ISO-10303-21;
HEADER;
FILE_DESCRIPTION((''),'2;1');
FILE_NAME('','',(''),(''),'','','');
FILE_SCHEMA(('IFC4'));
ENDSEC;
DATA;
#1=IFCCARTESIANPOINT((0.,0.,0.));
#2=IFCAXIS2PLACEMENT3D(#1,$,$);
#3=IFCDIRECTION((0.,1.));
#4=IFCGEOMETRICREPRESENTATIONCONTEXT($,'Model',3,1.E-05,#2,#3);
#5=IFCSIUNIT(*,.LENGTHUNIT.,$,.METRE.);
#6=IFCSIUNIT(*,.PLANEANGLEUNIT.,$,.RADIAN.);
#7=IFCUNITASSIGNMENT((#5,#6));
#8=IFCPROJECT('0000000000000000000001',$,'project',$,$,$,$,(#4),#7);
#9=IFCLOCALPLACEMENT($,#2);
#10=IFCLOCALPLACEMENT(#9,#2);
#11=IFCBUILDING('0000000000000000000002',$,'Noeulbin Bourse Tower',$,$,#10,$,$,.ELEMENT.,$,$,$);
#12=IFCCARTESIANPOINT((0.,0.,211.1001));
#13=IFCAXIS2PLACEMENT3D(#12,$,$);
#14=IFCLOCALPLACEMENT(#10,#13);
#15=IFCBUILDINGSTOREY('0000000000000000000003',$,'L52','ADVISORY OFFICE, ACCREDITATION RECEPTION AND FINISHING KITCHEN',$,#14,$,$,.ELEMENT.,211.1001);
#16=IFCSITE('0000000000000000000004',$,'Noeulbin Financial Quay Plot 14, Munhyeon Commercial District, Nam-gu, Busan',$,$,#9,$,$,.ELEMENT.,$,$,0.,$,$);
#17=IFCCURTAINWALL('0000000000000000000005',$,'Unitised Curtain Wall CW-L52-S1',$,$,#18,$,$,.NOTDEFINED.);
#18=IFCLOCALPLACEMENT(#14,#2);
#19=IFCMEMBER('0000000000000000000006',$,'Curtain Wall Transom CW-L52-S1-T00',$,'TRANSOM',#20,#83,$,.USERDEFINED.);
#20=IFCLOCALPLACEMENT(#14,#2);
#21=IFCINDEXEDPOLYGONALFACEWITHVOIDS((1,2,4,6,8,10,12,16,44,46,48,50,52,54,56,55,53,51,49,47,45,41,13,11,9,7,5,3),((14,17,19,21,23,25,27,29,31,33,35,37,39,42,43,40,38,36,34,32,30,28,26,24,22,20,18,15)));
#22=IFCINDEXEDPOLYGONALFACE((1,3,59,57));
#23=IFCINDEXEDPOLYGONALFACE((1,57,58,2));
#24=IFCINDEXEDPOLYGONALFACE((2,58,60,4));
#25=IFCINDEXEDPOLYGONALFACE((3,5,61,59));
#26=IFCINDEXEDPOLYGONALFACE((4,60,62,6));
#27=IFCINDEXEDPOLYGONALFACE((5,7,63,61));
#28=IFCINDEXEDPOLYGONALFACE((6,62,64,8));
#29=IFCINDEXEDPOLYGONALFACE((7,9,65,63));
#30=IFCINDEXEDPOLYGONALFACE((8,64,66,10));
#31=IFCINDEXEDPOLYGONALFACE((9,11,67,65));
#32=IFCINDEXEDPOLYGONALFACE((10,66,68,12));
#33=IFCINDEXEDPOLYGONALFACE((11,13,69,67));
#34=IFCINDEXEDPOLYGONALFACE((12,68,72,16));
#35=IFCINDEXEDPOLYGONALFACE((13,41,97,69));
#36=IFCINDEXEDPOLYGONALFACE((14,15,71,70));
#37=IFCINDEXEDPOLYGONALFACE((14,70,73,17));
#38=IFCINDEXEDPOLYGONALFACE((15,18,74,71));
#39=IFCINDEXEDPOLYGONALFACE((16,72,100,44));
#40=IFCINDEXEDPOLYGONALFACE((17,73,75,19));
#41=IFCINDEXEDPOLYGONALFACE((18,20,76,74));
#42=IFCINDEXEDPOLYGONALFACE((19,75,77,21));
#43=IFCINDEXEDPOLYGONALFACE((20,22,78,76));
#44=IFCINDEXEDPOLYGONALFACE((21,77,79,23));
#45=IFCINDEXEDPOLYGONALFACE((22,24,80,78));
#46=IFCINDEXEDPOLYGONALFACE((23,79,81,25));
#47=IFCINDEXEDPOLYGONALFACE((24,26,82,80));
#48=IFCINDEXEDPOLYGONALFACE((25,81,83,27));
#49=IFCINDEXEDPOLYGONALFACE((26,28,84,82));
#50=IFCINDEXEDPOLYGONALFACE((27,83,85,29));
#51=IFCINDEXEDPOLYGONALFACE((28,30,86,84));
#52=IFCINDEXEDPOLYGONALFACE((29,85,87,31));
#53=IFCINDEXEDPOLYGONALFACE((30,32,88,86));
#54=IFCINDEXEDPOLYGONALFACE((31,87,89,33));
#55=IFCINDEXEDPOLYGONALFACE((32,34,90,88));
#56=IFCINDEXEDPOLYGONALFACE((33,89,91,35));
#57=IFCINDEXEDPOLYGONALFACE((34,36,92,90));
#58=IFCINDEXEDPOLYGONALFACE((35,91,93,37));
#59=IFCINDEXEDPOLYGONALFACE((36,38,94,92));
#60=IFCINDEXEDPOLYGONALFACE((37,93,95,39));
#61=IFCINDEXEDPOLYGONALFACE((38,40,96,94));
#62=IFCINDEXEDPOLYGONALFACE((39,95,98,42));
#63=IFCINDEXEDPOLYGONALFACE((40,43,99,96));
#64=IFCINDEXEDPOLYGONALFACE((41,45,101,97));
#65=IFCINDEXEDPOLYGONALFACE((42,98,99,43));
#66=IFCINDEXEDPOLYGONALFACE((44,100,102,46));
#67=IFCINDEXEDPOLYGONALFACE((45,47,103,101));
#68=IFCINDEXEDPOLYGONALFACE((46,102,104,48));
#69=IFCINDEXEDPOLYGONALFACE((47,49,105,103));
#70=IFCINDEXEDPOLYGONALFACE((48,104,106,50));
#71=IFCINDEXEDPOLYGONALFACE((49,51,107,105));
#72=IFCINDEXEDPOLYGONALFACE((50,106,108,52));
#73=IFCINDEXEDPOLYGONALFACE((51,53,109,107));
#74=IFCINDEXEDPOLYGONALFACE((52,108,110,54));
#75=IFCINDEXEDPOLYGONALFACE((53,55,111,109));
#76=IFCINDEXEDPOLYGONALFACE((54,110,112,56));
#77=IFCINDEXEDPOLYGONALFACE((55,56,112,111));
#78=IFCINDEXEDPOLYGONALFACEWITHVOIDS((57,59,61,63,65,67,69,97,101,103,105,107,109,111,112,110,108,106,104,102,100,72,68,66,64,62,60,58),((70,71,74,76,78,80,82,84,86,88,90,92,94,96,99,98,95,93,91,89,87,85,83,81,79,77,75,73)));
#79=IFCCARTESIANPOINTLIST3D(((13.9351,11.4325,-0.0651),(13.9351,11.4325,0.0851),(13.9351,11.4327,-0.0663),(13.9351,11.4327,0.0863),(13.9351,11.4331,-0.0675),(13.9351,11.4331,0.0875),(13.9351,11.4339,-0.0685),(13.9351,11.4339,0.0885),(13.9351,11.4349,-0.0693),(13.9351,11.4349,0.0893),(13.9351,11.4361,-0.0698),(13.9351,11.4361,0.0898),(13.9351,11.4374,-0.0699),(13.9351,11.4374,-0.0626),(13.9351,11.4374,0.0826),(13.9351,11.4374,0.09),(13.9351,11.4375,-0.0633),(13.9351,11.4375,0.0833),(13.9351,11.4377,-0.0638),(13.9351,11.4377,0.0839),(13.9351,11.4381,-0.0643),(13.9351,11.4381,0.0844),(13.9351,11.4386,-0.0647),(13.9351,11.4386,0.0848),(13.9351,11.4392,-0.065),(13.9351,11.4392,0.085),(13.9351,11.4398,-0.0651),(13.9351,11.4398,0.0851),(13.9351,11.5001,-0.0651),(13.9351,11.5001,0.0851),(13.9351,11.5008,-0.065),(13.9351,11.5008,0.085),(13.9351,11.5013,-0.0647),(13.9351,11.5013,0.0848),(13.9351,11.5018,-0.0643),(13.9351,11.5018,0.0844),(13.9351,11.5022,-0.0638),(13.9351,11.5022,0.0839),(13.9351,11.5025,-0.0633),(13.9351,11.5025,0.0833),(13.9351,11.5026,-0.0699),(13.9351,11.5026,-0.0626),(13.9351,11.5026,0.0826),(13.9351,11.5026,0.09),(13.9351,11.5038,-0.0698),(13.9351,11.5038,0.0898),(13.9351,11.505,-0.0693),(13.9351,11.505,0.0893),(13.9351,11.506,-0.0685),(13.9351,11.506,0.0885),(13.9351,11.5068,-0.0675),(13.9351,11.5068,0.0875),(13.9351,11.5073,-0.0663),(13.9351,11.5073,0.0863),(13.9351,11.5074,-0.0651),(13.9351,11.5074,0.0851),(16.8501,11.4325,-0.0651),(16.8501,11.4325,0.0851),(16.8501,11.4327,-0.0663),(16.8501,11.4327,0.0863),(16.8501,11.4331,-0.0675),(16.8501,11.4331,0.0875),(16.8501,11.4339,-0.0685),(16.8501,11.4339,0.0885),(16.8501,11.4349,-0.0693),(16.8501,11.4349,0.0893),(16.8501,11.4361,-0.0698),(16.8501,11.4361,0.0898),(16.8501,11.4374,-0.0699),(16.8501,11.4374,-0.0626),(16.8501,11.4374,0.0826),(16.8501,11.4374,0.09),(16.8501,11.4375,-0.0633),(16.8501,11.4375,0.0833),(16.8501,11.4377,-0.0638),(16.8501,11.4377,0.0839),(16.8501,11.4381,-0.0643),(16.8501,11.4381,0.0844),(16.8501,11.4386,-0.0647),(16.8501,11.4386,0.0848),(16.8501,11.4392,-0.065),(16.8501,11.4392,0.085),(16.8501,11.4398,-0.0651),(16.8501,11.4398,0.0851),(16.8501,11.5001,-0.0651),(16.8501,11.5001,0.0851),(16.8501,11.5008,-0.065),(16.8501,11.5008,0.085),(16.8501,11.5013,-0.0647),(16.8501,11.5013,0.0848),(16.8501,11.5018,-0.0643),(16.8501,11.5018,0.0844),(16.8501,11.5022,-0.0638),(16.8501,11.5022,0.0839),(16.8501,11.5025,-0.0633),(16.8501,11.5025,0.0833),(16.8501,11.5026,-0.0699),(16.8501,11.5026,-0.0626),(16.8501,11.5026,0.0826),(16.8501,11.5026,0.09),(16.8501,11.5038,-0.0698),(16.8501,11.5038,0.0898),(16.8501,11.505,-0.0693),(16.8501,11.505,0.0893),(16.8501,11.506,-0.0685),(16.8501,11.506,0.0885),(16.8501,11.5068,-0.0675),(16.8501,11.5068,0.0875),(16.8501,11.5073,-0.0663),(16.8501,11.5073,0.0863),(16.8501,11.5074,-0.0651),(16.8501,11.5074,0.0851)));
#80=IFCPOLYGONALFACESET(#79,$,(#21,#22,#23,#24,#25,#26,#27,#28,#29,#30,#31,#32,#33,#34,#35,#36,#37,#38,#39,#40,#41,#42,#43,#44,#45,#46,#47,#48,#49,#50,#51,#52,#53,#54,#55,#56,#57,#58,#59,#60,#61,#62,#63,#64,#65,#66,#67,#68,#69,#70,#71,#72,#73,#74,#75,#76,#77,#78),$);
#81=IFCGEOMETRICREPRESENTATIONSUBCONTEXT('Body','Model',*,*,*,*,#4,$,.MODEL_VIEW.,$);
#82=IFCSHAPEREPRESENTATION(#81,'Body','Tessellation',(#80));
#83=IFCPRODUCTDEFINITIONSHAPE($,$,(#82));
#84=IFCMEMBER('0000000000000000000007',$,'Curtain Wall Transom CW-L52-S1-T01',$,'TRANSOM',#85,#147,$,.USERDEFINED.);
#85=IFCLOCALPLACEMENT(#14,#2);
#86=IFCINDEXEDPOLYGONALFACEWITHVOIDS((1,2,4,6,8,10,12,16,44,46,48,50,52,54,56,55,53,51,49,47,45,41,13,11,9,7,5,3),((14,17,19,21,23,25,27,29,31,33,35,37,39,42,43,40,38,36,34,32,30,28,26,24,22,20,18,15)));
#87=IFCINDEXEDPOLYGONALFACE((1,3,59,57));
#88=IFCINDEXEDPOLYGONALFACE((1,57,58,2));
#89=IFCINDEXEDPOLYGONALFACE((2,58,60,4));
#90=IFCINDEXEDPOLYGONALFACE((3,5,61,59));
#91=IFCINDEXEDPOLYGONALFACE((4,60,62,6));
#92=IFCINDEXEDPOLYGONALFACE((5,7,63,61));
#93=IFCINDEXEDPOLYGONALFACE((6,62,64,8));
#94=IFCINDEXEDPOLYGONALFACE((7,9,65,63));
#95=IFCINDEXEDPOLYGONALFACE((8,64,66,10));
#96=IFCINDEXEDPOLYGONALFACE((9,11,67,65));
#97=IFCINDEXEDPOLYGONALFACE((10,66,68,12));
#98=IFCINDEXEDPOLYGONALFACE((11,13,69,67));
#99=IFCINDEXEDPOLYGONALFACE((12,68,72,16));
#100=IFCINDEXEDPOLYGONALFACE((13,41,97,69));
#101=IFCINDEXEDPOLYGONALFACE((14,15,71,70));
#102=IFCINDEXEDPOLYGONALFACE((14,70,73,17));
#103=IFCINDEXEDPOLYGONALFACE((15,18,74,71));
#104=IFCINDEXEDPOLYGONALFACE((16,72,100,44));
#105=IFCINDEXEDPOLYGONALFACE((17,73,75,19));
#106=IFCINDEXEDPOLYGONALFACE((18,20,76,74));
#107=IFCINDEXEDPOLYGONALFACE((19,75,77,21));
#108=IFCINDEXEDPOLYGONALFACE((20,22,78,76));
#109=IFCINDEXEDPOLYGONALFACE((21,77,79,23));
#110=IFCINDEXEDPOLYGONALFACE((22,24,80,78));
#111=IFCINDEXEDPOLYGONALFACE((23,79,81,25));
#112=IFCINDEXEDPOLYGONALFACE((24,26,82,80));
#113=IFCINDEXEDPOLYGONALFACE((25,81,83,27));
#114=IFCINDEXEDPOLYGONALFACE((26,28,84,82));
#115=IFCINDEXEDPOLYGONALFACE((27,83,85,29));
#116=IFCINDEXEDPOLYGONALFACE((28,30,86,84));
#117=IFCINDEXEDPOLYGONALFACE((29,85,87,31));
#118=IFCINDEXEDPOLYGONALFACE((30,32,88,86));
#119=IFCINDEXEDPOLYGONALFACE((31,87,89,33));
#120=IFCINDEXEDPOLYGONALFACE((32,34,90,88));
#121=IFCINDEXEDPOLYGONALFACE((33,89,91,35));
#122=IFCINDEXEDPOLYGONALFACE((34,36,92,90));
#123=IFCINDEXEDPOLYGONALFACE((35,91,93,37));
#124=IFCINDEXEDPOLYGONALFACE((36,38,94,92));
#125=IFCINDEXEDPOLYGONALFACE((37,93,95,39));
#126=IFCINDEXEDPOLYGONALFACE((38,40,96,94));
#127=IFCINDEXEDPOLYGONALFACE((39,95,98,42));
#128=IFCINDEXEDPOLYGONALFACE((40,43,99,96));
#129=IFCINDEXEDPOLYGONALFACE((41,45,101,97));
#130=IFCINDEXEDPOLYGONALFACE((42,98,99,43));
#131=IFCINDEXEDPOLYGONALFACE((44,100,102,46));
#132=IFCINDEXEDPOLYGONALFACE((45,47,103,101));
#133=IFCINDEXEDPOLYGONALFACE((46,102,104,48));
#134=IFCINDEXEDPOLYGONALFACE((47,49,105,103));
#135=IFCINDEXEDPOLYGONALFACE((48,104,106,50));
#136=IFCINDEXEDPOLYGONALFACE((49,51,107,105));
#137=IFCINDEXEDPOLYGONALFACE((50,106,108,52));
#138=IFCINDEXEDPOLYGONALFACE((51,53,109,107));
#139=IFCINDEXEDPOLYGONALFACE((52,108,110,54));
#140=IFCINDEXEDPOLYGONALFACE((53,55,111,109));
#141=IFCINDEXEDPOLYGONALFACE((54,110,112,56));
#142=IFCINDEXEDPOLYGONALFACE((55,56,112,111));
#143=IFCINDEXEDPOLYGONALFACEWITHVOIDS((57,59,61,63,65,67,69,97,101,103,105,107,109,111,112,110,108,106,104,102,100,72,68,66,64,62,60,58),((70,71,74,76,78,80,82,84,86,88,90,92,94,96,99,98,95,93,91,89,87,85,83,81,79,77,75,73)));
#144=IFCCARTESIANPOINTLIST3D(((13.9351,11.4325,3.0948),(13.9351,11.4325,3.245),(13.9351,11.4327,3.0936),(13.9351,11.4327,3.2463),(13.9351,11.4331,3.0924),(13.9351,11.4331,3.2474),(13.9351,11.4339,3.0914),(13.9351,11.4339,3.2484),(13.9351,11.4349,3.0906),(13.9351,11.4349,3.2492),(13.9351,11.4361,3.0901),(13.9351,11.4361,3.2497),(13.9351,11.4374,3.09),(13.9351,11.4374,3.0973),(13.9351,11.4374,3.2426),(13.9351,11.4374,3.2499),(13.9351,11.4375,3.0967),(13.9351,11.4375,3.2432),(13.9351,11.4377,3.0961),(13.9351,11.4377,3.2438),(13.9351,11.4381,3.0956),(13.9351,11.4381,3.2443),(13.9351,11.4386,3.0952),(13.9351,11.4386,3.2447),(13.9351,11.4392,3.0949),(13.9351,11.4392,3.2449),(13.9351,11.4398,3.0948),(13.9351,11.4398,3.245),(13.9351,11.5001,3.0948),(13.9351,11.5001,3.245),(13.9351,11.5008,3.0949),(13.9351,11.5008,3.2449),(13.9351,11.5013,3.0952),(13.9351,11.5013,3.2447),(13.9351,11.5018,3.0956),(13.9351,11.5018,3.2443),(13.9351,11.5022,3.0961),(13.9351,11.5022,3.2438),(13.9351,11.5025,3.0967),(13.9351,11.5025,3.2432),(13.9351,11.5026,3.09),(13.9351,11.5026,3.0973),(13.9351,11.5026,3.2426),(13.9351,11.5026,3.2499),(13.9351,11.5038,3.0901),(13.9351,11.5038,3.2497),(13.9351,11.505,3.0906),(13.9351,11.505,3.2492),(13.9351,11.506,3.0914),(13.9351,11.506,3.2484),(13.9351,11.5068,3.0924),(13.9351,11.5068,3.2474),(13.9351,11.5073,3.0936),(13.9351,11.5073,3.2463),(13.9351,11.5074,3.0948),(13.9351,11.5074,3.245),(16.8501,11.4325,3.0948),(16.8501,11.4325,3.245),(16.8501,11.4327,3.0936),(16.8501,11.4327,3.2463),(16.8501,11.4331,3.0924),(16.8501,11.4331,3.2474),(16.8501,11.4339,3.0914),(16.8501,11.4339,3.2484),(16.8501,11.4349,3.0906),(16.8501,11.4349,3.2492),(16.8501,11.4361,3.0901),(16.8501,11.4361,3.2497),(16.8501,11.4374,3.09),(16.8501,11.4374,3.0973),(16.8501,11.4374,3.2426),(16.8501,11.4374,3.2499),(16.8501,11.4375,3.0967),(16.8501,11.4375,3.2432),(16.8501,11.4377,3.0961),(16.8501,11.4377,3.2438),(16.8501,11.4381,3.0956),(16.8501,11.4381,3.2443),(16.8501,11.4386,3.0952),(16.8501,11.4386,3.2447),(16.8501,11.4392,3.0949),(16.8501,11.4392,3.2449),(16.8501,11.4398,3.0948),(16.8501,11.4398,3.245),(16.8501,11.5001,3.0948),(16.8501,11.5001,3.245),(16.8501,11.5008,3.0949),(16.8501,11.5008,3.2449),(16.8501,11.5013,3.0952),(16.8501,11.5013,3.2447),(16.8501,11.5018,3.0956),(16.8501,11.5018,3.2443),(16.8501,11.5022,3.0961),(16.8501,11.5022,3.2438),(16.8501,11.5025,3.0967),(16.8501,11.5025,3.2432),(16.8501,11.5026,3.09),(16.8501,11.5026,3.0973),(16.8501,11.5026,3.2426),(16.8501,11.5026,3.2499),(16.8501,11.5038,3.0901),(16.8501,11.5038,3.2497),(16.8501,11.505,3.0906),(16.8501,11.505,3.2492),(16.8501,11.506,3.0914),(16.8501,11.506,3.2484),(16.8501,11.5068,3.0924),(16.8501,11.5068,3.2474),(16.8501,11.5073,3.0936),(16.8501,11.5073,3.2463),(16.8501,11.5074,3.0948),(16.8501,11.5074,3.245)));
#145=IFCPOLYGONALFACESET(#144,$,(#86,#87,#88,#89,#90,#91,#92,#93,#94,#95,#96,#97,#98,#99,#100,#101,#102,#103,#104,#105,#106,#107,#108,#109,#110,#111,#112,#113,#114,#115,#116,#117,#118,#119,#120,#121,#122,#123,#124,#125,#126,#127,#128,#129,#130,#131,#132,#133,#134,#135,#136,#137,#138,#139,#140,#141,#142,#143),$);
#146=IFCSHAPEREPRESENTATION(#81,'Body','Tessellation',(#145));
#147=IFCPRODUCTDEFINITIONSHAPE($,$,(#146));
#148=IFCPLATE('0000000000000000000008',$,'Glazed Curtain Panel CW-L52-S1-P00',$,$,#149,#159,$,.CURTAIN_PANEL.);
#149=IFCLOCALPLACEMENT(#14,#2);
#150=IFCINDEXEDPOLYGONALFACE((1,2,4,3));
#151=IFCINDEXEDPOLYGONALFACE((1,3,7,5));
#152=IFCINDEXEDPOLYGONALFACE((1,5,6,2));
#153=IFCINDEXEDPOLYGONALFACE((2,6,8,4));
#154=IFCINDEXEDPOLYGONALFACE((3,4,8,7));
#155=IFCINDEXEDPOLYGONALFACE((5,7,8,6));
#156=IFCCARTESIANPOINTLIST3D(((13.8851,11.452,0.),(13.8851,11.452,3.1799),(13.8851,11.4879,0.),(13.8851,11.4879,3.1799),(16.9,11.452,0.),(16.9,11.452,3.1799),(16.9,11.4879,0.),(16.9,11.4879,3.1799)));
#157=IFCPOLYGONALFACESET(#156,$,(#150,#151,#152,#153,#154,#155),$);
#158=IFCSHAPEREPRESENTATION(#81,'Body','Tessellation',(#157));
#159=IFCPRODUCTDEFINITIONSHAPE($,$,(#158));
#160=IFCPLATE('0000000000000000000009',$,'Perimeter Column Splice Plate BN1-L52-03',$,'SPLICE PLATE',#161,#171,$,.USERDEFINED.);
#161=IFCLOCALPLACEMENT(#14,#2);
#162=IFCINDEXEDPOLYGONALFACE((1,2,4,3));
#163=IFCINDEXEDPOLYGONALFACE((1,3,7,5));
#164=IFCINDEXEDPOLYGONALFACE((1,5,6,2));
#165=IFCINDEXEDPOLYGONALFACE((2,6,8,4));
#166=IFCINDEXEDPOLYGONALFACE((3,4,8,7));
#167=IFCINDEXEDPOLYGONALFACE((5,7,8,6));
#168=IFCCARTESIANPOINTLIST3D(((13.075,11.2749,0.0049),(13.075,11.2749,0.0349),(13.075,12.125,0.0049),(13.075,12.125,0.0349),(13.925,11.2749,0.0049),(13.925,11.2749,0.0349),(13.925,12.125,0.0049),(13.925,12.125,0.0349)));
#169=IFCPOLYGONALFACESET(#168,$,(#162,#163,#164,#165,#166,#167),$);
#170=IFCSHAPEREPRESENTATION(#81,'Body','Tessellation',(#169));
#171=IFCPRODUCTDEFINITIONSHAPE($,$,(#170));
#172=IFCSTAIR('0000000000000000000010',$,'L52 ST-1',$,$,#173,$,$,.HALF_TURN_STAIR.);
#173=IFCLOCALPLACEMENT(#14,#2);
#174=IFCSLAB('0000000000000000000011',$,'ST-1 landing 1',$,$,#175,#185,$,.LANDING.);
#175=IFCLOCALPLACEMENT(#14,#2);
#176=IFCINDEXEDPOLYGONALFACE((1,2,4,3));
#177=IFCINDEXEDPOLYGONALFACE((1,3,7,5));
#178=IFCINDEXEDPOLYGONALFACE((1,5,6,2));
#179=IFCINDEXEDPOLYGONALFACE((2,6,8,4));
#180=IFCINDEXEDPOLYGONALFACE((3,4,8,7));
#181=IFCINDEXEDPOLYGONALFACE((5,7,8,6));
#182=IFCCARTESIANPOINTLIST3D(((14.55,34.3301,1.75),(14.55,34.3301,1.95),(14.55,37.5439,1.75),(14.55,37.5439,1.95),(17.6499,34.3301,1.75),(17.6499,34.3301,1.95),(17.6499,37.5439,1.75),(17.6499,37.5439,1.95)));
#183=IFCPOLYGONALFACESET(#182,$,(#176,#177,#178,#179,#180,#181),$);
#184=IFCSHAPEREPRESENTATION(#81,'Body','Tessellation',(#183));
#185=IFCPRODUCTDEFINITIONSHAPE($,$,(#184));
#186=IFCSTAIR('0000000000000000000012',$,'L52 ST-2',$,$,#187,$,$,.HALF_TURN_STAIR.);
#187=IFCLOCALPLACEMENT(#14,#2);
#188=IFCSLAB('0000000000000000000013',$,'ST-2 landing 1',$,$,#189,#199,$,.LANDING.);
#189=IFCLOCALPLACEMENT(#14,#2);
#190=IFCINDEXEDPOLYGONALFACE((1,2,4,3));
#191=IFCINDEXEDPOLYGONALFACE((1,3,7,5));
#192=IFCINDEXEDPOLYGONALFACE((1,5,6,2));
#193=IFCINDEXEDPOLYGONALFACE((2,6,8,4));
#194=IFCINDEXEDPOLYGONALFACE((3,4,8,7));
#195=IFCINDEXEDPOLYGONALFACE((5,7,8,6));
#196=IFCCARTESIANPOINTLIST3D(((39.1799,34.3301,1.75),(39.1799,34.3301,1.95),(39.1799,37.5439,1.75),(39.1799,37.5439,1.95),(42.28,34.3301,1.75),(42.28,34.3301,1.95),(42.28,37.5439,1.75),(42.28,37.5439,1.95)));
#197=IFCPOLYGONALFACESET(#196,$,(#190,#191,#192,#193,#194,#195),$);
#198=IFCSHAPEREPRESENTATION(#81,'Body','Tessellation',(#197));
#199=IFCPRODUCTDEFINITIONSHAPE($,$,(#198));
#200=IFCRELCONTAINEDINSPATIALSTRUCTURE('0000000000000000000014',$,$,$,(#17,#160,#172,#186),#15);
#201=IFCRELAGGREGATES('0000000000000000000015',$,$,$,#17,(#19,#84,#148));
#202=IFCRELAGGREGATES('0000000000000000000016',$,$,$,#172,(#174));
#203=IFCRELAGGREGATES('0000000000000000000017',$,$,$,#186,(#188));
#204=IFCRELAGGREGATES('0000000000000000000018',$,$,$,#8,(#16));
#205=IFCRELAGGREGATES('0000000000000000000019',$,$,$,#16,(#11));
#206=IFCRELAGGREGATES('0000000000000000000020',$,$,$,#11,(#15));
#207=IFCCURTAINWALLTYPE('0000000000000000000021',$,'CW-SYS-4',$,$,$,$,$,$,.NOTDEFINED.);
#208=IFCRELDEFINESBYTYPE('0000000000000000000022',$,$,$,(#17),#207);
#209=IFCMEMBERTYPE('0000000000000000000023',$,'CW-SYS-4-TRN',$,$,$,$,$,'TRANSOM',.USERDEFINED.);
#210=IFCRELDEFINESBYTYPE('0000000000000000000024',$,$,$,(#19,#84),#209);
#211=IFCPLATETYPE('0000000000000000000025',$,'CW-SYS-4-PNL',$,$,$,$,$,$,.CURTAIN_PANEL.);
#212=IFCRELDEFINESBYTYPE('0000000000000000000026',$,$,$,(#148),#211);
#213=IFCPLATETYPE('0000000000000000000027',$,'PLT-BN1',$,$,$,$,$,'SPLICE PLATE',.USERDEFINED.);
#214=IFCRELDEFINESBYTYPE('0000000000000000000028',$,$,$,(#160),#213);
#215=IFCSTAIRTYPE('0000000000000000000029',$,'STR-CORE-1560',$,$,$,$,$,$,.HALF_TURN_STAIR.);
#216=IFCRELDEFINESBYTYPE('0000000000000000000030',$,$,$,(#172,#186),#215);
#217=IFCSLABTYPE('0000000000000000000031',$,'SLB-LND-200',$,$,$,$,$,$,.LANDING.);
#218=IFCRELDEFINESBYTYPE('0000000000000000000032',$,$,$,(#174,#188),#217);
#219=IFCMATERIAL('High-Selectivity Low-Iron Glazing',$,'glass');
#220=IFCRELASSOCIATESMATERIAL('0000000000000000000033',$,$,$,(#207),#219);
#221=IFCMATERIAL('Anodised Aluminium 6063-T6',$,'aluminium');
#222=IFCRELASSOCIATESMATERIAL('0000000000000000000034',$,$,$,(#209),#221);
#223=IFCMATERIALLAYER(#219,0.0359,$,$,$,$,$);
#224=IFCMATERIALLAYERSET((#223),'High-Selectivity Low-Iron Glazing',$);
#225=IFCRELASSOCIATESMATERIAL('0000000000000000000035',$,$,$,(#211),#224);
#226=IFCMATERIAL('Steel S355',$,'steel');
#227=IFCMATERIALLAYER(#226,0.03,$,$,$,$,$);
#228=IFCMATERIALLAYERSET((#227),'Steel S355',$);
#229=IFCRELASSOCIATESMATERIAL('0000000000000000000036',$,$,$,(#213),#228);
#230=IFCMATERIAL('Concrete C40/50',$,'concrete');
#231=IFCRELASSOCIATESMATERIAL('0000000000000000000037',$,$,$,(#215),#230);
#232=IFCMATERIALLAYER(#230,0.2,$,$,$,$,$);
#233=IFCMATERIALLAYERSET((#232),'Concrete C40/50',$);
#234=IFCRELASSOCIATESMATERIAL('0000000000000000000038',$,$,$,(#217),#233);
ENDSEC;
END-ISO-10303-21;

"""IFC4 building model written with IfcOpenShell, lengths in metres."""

from ifc_helpers import new_model, si_unit, direction, frame, origin, origin_2d, place, context, subcontext, project, spatial, polyline, rectangle, hollow_rectangle, outline, extrude, material, layer, layer_set, material_profile, profile_set, type_object, element, aggregate, save


model = new_model("IFC4")

# Units and contexts
model_context = context("Model", 3, precision=1e-05, world=origin(), true_north=direction((0.0, 1.0)))
body_context = subcontext(model_context, "Body", "Model", "MODEL_VIEW")
ifc_project = project(units=[si_unit("LENGTHUNIT", "METRE"), si_unit("PLANEANGLEUNIT", "RADIAN")], contexts=[model_context])

# Site, building, storey
site_placement = place(None, origin())
site = spatial("IfcSite", under=ifc_project, at=site_placement, Name="Noeulbin Financial Quay Plot 14, Munhyeon Commercial District, Nam-gu, Busan", CompositionType="ELEMENT", RefElevation=0.0)
building_placement = place(site_placement, origin())
building = spatial("IfcBuilding", under=site, at=building_placement, Name="Noeulbin Bourse Tower", CompositionType="ELEMENT")
storey_placement = place(building_placement, frame((0.0, 0.0, 211.1001)))
storey = spatial("IfcBuildingStorey", under=building, at=storey_placement, Name="L52", Description="ADVISORY OFFICE, ACCREDITATION RECEPTION AND FINISHING KITCHEN", CompositionType="ELEMENT", Elevation=211.1001)

# Shared definitions
ifc_material_1 = material(Name="Steel S355", Category="steel")

# Curtain wall, members, plate
ifc_material_2 = material(Name="High-Selectivity Low-Iron Glazing", Category="glass")
curtain_wall_type = type_object("IfcCurtainWallType", Name="CW-SYS-4", PredefinedType="NOTDEFINED", material=ifc_material_2)
curtain_wall_placement = place(storey_placement, origin())
curtain_wall = element("IfcCurtainWall", 1, at=curtain_wall_placement, inside=storey, type_object=curtain_wall_type, Name="Unitised Curtain Wall CW-L52-S1", PredefinedType="NOTDEFINED")
ifc_material_3 = material(Name="Anodised Aluminium 6063-T6", Category="aluminium")
ifc_material_profile_1 = material_profile(ifc_material_3, hollow_rectangle(XDim=0.075, YDim=0.1599, WallThickness=0.0049, InnerFilletRadius=0.0024, OuterFilletRadius=0.0049, at=origin_2d()), Name="ALU-TRAN-75x160x5", Category="LoadBearing")
ifc_profile_set_1 = profile_set([ifc_material_profile_1], Name="Anodised Aluminium 6063-T6")
member_type_1 = type_object("IfcMemberType", Name="CW-SYS-4-TRN", ElementType="TRANSOM", PredefinedType="USERDEFINED", material=ifc_profile_set_1)
member_1_placement = place(storey_placement, frame((13.9351, 11.47, 0.01), z_axis=(1.0, 0.0, 0.0), x_axis=(0.0, 1.0, 0.0)))
member_1 = element("IfcMember", 2, at=member_1_placement, type_object=member_type_1, Name="Curtain Wall Transom CW-L52-S1-T00", ObjectType="TRANSOM", PredefinedType="USERDEFINED", context=body_context, shape_type="SweptSolid", body=[
    extrude(hollow_rectangle(XDim=0.075, YDim=0.1599, WallThickness=0.0049, InnerFilletRadius=0.0024, OuterFilletRadius=0.0049, at=origin_2d()), origin(), (0.0, 0.0, 1.0), 2.915),
])
member_2_placement = place(storey_placement, frame((13.9351, 11.47, 3.1699), z_axis=(1.0, 0.0, 0.0), x_axis=(0.0, 1.0, 0.0)))
member_2 = element("IfcMember", 3, at=member_2_placement, type_object=member_type_1, Name="Curtain Wall Transom CW-L52-S1-T01", ObjectType="TRANSOM", PredefinedType="USERDEFINED", context=body_context, shape_type="SweptSolid", body=[
    extrude(hollow_rectangle(XDim=0.075, YDim=0.1599, WallThickness=0.0049, InnerFilletRadius=0.0024, OuterFilletRadius=0.0049, at=origin_2d()), origin(), (0.0, 0.0, 1.0), 2.915),
])
ifc_layer_1 = layer(ifc_material_2, 0.0359)
ifc_layer_set_1 = layer_set([ifc_layer_1], Name="High-Selectivity Low-Iron Glazing")
plate_type_1 = type_object("IfcPlateType", Name="CW-SYS-4-PNL", PredefinedType="CURTAIN_PANEL", material=ifc_layer_set_1)
plate_1_placement = place(storey_placement, frame((15.3926, 11.47, 0.0), z_axis=(0.0, 0.0, 1.0), x_axis=(1.0, 0.0, 0.0)))
plate_1 = element("IfcPlate", 4, at=plate_1_placement, type_object=plate_type_1, Name="Glazed Curtain Panel CW-L52-S1-P00", PredefinedType="CURTAIN_PANEL", context=body_context, shape_type="SweptSolid", body=[
    extrude(rectangle(XDim=3.0149, YDim=0.0359, at=origin_2d()), origin(), (0.0, 0.0, 1.0), 3.1799),
])
aggregate(curtain_wall, [member_1, member_2, plate_1])

# Plate
ifc_layer_2 = layer(ifc_material_1, 0.03)
ifc_layer_set_2 = layer_set([ifc_layer_2], Name="Steel S355")
plate_type_2 = type_object("IfcPlateType", Name="PLT-BN1", ElementType="SPLICE PLATE", PredefinedType="USERDEFINED", material=ifc_layer_set_2)
plate_2_placement = place(storey_placement, frame((13.5, 11.7, 0.0049), z_axis=(0.0, 0.0, 1.0), x_axis=(1.0, 0.0, 0.0)))
element("IfcPlate", 5, at=plate_2_placement, inside=storey, type_object=plate_type_2, Name="Perimeter Column Splice Plate BN1-L52-03", ObjectType="SPLICE PLATE", PredefinedType="USERDEFINED", context=body_context, shape_type="SweptSolid", body=[
    extrude(rectangle(XDim=0.8501, YDim=0.8501, at=origin_2d()), origin(), (0.0, 0.0, 1.0), 0.03),
])

# Stairs, slabs
ifc_material_4 = material(Name="Concrete C40/50", Category="concrete")
stair_type = type_object("IfcStairType", Name="STR-CORE-1560", PredefinedType="HALF_TURN_STAIR", material=ifc_material_4)
stair_1_placement = place(storey_placement, origin())
stair_1 = element("IfcStair", 6, at=stair_1_placement, inside=storey, type_object=stair_type, Name="L52 ST-1", PredefinedType="HALF_TURN_STAIR")
ifc_layer_3 = layer(ifc_material_4, 0.2)
ifc_layer_set_3 = layer_set([ifc_layer_3], Name="Concrete C40/50")
slab_type_1 = type_object("IfcSlabType", Name="SLB-LND-200", PredefinedType="LANDING", material=ifc_layer_set_3)
slab_1_placement = place(storey_placement, frame((0.0, 0.0, 1.75)))
slab_1 = element("IfcSlab", 7, at=slab_1_placement, type_object=slab_type_1, Name="ST-1 landing 1", PredefinedType="LANDING", context=body_context, shape_type="SweptSolid", body=[
    extrude(outline(polyline([(17.6499, 34.3301), (17.6499, 37.5439), (14.55, 37.5439), (14.55, 34.3301), (17.6499, 34.3301)])), origin(), (0.0, 0.0, 1.0), 0.2),
])
aggregate(stair_1, [slab_1])
stair_2_placement = place(storey_placement, origin())
stair_2 = element("IfcStair", 8, at=stair_2_placement, inside=storey, type_object=stair_type, Name="L52 ST-2", PredefinedType="HALF_TURN_STAIR")
slab_2_placement = place(storey_placement, frame((0.0, 0.0, 1.75)))
slab_2 = element("IfcSlab", 9, at=slab_2_placement, type_object=slab_type_1, Name="ST-2 landing 1", PredefinedType="LANDING", context=body_context, shape_type="SweptSolid", body=[
    extrude(outline(polyline([(42.28, 34.3301), (42.28, 37.5439), (39.1799, 37.5439), (39.1799, 34.3301), (42.28, 34.3301)])), origin(), (0.0, 0.0, 1.0), 0.2),
])
aggregate(stair_2, [slab_2])

save(model, "model.ifc")
